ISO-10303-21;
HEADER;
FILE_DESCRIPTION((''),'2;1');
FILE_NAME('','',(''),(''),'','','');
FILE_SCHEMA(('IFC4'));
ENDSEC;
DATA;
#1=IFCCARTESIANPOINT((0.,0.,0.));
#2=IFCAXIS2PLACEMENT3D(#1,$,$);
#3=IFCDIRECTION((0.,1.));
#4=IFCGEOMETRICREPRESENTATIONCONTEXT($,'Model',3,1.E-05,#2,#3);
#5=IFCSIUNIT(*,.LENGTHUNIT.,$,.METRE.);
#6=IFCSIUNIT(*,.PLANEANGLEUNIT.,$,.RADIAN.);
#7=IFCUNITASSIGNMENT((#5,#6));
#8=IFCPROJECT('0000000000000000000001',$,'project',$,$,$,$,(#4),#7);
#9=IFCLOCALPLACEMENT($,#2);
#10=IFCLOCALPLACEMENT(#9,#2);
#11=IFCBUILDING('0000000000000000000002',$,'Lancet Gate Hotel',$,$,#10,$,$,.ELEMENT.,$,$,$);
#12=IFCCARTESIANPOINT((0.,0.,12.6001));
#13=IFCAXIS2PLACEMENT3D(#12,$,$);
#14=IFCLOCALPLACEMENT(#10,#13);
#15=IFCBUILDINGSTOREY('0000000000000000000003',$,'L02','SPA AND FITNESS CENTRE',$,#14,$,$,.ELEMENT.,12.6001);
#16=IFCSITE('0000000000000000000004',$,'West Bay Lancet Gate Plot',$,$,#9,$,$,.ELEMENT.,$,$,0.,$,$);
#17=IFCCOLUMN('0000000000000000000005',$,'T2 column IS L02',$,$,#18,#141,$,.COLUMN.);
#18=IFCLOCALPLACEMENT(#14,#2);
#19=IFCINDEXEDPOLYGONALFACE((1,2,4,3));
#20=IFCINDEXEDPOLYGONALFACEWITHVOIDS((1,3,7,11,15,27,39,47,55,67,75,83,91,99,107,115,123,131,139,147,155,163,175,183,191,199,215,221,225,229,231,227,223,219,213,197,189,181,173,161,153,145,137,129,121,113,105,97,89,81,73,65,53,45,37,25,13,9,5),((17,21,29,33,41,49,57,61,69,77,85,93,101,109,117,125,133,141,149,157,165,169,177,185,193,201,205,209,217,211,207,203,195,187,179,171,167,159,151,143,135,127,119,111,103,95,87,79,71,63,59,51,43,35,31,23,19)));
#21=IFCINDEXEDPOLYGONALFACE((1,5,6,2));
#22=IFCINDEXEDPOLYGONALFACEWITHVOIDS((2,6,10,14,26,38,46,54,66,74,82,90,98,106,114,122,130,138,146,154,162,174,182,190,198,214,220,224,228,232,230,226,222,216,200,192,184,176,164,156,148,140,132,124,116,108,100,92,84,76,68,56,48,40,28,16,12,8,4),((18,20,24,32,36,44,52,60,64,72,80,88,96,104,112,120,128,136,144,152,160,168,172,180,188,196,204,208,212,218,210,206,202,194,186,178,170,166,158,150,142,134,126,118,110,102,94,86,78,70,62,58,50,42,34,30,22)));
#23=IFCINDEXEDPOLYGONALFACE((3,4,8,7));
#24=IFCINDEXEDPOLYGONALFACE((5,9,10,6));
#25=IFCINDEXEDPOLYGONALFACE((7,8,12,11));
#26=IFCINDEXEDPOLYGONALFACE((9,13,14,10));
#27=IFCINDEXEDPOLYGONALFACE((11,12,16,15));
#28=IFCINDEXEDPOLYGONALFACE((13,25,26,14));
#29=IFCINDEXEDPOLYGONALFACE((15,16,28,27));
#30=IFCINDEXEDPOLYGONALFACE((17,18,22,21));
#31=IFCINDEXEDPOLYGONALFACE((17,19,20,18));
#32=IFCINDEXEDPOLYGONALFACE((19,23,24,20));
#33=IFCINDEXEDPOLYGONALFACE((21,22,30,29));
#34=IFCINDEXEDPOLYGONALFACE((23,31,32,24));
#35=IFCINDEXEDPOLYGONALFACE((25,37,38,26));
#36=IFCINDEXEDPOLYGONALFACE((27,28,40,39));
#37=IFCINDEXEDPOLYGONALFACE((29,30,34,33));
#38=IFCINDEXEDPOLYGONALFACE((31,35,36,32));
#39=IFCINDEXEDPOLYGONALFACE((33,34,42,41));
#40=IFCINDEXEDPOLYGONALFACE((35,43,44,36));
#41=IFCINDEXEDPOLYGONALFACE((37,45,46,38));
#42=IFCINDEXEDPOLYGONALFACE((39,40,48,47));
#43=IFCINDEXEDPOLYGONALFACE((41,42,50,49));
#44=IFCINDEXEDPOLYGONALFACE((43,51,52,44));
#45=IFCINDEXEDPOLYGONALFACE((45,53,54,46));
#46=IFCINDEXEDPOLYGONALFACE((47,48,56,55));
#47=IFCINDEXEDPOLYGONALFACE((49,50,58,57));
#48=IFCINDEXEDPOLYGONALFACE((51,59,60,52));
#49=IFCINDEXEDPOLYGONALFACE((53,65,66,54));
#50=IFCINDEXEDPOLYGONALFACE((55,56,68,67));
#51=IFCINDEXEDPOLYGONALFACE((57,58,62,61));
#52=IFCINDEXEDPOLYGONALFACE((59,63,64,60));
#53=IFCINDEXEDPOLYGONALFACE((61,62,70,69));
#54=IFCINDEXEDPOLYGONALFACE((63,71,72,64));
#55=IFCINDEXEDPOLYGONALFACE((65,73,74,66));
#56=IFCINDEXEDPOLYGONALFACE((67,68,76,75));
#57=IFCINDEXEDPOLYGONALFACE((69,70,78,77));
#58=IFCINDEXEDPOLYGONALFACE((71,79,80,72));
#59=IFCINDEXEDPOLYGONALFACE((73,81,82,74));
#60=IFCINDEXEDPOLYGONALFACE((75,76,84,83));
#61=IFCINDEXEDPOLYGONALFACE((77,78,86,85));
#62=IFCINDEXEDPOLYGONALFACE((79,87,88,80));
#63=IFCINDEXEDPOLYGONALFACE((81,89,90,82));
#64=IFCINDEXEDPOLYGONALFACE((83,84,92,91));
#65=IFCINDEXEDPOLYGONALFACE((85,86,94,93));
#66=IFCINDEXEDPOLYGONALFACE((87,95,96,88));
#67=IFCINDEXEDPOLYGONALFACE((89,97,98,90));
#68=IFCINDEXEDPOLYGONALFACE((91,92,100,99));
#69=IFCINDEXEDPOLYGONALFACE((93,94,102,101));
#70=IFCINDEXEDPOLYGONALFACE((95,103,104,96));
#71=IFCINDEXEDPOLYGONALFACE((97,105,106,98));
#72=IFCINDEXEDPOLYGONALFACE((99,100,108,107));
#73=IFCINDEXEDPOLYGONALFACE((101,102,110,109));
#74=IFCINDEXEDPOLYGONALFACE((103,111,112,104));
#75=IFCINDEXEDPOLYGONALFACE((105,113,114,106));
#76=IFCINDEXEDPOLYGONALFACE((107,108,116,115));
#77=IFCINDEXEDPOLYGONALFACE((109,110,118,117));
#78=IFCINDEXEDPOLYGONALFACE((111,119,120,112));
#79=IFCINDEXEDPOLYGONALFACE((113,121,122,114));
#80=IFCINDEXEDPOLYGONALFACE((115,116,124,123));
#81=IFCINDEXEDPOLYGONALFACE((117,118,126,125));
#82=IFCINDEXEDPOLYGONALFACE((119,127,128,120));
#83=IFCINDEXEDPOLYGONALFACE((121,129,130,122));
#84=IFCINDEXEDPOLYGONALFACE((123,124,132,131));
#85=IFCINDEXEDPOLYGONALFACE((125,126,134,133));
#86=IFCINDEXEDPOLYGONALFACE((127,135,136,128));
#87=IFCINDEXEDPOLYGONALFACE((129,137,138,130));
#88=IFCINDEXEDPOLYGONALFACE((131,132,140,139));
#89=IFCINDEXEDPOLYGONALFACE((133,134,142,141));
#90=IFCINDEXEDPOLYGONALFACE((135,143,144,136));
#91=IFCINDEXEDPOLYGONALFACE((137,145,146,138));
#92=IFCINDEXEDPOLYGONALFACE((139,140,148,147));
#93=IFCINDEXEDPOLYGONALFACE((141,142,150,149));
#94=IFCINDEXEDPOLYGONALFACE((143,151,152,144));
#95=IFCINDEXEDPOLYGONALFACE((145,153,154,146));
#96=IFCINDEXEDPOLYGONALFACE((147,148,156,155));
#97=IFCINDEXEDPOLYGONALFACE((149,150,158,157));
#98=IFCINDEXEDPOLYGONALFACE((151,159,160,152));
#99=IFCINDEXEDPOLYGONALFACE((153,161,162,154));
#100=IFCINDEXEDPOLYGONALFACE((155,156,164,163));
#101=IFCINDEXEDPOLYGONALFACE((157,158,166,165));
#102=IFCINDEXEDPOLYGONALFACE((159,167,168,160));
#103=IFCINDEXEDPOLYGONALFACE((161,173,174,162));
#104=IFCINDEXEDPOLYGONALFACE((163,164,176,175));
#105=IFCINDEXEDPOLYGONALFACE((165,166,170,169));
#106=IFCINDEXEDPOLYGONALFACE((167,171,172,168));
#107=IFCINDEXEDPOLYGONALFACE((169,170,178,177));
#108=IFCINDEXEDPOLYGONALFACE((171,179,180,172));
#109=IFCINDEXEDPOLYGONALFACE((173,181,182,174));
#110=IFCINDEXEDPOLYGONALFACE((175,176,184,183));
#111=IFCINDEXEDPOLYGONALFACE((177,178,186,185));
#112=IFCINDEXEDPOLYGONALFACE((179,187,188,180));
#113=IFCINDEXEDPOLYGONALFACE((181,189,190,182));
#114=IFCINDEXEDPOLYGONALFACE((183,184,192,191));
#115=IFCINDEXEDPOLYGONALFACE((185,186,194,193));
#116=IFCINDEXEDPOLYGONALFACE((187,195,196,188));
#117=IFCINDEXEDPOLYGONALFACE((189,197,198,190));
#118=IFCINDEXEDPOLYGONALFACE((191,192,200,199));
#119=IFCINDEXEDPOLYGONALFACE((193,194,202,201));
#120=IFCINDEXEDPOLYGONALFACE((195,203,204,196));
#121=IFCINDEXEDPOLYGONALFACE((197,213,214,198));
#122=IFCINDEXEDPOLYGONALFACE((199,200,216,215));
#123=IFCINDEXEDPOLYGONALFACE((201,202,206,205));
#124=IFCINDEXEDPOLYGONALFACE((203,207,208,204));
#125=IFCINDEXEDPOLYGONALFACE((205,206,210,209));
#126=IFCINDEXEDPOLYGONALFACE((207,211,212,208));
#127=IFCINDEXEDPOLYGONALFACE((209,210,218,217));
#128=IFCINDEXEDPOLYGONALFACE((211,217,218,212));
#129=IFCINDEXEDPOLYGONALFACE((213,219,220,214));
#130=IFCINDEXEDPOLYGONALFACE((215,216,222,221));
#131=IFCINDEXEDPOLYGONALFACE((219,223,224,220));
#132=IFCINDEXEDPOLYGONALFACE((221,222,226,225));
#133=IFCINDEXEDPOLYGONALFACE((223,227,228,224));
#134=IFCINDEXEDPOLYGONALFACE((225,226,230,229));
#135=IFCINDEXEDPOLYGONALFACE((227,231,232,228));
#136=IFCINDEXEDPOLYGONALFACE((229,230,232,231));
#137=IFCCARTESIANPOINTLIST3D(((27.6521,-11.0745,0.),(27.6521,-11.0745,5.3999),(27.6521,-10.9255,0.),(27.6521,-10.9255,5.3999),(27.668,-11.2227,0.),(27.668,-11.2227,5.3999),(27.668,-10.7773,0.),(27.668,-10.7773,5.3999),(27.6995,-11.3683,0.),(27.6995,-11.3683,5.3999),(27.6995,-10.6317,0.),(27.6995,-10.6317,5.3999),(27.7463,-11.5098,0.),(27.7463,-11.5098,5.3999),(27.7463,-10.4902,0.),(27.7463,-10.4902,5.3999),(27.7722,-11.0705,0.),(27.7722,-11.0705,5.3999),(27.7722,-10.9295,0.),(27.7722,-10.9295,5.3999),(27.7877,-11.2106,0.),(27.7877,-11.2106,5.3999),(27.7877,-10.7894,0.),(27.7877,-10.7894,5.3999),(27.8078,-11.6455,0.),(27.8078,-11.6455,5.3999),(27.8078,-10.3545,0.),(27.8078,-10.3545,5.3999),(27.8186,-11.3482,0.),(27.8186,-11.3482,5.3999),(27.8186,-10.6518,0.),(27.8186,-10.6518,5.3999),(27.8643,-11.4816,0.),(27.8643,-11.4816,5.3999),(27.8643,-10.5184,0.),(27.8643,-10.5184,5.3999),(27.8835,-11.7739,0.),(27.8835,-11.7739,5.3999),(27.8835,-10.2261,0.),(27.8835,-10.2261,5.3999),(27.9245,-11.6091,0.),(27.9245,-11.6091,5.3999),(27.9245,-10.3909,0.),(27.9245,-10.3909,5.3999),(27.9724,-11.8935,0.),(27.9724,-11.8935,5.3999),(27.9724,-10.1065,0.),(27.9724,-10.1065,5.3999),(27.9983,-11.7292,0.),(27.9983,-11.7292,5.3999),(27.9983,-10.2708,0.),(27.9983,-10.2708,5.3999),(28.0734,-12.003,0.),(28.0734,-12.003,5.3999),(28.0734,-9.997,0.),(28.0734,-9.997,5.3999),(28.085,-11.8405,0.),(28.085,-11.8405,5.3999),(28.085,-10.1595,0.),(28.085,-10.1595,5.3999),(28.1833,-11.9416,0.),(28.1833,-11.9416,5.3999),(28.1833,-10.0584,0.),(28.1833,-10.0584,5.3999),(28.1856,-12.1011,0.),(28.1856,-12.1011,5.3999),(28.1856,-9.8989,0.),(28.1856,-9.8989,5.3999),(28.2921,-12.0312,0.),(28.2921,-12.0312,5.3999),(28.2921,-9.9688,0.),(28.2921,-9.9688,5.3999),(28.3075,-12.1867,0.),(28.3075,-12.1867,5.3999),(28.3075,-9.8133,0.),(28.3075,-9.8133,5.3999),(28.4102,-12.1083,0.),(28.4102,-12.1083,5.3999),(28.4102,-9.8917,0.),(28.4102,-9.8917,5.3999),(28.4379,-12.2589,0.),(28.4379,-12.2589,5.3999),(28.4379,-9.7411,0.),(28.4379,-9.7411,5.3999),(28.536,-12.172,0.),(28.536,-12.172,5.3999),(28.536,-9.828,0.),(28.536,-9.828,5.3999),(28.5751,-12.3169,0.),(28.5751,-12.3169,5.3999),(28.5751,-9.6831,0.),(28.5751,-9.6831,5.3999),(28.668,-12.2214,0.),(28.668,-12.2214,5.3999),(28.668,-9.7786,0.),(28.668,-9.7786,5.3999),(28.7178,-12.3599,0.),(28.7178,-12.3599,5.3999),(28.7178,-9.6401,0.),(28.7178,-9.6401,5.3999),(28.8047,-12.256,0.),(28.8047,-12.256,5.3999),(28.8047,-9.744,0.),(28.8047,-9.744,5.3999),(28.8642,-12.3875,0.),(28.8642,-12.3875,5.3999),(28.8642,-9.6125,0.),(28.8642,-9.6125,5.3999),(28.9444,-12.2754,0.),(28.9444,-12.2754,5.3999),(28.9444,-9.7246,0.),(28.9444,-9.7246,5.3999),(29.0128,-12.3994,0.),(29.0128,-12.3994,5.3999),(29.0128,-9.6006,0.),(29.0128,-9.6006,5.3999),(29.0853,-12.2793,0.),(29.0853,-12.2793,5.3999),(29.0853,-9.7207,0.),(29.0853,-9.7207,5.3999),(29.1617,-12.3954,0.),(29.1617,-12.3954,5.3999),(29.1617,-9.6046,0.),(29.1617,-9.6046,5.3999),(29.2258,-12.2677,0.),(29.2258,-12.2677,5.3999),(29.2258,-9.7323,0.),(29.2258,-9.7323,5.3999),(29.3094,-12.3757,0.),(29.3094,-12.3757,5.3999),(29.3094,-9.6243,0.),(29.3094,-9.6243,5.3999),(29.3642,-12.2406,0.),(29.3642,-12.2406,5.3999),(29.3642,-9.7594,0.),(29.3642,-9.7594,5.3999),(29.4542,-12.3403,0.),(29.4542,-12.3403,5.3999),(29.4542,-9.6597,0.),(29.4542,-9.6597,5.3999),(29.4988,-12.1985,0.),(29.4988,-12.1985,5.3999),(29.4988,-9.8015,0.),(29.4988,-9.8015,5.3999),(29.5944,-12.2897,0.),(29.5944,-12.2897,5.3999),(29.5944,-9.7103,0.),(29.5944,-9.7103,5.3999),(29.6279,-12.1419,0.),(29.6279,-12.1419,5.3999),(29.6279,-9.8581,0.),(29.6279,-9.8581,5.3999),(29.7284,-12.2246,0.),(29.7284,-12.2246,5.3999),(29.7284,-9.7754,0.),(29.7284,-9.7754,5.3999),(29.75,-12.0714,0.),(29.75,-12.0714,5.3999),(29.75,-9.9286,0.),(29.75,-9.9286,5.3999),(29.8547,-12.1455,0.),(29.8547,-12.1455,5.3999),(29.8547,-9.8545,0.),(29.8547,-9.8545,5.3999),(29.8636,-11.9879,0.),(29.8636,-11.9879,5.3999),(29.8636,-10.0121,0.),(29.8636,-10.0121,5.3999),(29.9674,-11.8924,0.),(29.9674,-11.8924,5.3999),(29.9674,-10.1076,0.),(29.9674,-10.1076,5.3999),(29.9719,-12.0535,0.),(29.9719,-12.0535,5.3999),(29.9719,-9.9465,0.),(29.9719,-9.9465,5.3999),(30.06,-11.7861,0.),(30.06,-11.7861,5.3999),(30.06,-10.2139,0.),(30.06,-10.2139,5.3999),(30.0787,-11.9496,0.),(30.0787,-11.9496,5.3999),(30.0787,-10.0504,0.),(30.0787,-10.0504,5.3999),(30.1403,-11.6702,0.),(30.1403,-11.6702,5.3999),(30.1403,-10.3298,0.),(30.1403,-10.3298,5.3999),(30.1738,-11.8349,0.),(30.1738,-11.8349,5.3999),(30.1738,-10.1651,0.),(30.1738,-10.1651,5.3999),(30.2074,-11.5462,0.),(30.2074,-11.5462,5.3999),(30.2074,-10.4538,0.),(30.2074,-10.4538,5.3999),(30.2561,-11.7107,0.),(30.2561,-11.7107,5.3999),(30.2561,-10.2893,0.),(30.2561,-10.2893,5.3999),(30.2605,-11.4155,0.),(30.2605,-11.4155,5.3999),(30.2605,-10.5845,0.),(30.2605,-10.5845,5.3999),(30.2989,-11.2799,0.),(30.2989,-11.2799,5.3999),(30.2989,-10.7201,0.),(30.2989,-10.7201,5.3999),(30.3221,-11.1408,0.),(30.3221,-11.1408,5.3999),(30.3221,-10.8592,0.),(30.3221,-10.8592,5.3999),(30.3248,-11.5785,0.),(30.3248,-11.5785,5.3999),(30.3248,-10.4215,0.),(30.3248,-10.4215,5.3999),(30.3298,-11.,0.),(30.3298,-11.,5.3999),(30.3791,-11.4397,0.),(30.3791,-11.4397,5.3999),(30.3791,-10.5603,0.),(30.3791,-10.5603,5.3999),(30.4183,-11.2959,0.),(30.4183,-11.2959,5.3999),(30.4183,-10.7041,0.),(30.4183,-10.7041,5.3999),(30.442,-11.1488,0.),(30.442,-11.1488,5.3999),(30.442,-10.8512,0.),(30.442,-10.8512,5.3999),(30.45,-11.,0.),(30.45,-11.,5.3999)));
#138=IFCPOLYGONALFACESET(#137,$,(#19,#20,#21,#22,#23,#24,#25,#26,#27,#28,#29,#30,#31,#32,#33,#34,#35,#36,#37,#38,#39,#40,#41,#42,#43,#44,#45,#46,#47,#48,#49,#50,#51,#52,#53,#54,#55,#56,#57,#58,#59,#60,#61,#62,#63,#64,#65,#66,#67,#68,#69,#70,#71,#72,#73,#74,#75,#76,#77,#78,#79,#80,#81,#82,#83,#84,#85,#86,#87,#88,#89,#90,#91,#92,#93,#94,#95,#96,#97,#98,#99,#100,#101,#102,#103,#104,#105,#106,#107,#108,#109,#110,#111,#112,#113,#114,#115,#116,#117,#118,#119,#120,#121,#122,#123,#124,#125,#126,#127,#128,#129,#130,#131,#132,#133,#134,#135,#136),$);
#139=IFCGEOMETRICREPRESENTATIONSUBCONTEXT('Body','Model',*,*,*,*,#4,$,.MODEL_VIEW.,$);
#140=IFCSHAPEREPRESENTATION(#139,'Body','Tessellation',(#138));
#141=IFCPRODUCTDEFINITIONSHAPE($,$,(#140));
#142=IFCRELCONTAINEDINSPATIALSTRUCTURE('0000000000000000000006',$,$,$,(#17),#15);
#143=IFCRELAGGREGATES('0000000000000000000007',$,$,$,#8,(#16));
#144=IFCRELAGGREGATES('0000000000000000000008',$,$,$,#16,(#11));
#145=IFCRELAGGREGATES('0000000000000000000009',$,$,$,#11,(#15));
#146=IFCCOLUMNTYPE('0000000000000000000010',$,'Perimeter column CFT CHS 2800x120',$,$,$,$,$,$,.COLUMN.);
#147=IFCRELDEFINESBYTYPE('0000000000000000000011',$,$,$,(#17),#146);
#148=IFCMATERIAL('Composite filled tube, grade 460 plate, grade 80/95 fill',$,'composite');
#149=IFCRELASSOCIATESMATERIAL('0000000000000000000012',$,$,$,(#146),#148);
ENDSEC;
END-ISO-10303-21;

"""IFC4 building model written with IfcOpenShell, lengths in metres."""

from ifc_helpers import new_model, si_unit, direction, frame, origin, origin_2d, place, context, subcontext, project, spatial, hollow_circle, extrude, material, material_profile, profile_set, type_object, element, save


model = new_model("IFC4")

# Units and contexts
model_context = context("Model", 3, precision=1e-05, world=origin(), true_north=direction((0.0, 1.0)))
body_context = subcontext(model_context, "Body", "Model", "MODEL_VIEW")
ifc_project = project(units=[si_unit("LENGTHUNIT", "METRE"), si_unit("PLANEANGLEUNIT", "RADIAN")], contexts=[model_context])

# Site, building, storey
site_placement = place(None, origin())
site = spatial("IfcSite", under=ifc_project, at=site_placement, Name="West Bay Lancet Gate Plot", CompositionType="ELEMENT", RefElevation=0.0)
building_placement = place(site_placement, origin())
building = spatial("IfcBuilding", under=site, at=building_placement, Name="Lancet Gate Hotel", CompositionType="ELEMENT")
storey_placement = place(building_placement, frame((0.0, 0.0, 12.6001)))
storey = spatial("IfcBuildingStorey", under=building, at=storey_placement, Name="L02", Description="SPA AND FITNESS CENTRE", CompositionType="ELEMENT", Elevation=12.6001)

# Column
ifc_material_1 = material(Name="Composite filled tube, grade 460 plate, grade 80/95 fill", Category="composite")
ifc_material_profile_1 = material_profile(ifc_material_1, hollow_circle(Radius=1.3999, WallThickness=0.1201, at=origin_2d()), Name="CHS 2800x120")
ifc_profile_set_1 = profile_set([ifc_material_profile_1], Name="Composite filled tube, grade 460 plate, grade 80/95 fill")
column_type = type_object("IfcColumnType", Name="Perimeter column CFT CHS 2800x120", PredefinedType="COLUMN", material=ifc_profile_set_1)
for number, where, z_axis, x_axis, name in (
    (1, (29.05, -11.0, 0.0), (0.0, 0.0, 1.0), (1.0, 0.0, 0.0), "T2 column IS L02"),
):
    element("IfcColumn", number, at=place(storey_placement, frame(where, z_axis=z_axis, x_axis=x_axis)), inside=storey, type_object=column_type, Name=name, PredefinedType="COLUMN", context=body_context, shape_type="SweptSolid", body=[
        extrude(hollow_circle(Radius=1.3999, WallThickness=0.1201, at=origin_2d()), origin(), (0.0, 0.0, 1.0), 5.3999),
    ])

save(model, "model.ifc")
